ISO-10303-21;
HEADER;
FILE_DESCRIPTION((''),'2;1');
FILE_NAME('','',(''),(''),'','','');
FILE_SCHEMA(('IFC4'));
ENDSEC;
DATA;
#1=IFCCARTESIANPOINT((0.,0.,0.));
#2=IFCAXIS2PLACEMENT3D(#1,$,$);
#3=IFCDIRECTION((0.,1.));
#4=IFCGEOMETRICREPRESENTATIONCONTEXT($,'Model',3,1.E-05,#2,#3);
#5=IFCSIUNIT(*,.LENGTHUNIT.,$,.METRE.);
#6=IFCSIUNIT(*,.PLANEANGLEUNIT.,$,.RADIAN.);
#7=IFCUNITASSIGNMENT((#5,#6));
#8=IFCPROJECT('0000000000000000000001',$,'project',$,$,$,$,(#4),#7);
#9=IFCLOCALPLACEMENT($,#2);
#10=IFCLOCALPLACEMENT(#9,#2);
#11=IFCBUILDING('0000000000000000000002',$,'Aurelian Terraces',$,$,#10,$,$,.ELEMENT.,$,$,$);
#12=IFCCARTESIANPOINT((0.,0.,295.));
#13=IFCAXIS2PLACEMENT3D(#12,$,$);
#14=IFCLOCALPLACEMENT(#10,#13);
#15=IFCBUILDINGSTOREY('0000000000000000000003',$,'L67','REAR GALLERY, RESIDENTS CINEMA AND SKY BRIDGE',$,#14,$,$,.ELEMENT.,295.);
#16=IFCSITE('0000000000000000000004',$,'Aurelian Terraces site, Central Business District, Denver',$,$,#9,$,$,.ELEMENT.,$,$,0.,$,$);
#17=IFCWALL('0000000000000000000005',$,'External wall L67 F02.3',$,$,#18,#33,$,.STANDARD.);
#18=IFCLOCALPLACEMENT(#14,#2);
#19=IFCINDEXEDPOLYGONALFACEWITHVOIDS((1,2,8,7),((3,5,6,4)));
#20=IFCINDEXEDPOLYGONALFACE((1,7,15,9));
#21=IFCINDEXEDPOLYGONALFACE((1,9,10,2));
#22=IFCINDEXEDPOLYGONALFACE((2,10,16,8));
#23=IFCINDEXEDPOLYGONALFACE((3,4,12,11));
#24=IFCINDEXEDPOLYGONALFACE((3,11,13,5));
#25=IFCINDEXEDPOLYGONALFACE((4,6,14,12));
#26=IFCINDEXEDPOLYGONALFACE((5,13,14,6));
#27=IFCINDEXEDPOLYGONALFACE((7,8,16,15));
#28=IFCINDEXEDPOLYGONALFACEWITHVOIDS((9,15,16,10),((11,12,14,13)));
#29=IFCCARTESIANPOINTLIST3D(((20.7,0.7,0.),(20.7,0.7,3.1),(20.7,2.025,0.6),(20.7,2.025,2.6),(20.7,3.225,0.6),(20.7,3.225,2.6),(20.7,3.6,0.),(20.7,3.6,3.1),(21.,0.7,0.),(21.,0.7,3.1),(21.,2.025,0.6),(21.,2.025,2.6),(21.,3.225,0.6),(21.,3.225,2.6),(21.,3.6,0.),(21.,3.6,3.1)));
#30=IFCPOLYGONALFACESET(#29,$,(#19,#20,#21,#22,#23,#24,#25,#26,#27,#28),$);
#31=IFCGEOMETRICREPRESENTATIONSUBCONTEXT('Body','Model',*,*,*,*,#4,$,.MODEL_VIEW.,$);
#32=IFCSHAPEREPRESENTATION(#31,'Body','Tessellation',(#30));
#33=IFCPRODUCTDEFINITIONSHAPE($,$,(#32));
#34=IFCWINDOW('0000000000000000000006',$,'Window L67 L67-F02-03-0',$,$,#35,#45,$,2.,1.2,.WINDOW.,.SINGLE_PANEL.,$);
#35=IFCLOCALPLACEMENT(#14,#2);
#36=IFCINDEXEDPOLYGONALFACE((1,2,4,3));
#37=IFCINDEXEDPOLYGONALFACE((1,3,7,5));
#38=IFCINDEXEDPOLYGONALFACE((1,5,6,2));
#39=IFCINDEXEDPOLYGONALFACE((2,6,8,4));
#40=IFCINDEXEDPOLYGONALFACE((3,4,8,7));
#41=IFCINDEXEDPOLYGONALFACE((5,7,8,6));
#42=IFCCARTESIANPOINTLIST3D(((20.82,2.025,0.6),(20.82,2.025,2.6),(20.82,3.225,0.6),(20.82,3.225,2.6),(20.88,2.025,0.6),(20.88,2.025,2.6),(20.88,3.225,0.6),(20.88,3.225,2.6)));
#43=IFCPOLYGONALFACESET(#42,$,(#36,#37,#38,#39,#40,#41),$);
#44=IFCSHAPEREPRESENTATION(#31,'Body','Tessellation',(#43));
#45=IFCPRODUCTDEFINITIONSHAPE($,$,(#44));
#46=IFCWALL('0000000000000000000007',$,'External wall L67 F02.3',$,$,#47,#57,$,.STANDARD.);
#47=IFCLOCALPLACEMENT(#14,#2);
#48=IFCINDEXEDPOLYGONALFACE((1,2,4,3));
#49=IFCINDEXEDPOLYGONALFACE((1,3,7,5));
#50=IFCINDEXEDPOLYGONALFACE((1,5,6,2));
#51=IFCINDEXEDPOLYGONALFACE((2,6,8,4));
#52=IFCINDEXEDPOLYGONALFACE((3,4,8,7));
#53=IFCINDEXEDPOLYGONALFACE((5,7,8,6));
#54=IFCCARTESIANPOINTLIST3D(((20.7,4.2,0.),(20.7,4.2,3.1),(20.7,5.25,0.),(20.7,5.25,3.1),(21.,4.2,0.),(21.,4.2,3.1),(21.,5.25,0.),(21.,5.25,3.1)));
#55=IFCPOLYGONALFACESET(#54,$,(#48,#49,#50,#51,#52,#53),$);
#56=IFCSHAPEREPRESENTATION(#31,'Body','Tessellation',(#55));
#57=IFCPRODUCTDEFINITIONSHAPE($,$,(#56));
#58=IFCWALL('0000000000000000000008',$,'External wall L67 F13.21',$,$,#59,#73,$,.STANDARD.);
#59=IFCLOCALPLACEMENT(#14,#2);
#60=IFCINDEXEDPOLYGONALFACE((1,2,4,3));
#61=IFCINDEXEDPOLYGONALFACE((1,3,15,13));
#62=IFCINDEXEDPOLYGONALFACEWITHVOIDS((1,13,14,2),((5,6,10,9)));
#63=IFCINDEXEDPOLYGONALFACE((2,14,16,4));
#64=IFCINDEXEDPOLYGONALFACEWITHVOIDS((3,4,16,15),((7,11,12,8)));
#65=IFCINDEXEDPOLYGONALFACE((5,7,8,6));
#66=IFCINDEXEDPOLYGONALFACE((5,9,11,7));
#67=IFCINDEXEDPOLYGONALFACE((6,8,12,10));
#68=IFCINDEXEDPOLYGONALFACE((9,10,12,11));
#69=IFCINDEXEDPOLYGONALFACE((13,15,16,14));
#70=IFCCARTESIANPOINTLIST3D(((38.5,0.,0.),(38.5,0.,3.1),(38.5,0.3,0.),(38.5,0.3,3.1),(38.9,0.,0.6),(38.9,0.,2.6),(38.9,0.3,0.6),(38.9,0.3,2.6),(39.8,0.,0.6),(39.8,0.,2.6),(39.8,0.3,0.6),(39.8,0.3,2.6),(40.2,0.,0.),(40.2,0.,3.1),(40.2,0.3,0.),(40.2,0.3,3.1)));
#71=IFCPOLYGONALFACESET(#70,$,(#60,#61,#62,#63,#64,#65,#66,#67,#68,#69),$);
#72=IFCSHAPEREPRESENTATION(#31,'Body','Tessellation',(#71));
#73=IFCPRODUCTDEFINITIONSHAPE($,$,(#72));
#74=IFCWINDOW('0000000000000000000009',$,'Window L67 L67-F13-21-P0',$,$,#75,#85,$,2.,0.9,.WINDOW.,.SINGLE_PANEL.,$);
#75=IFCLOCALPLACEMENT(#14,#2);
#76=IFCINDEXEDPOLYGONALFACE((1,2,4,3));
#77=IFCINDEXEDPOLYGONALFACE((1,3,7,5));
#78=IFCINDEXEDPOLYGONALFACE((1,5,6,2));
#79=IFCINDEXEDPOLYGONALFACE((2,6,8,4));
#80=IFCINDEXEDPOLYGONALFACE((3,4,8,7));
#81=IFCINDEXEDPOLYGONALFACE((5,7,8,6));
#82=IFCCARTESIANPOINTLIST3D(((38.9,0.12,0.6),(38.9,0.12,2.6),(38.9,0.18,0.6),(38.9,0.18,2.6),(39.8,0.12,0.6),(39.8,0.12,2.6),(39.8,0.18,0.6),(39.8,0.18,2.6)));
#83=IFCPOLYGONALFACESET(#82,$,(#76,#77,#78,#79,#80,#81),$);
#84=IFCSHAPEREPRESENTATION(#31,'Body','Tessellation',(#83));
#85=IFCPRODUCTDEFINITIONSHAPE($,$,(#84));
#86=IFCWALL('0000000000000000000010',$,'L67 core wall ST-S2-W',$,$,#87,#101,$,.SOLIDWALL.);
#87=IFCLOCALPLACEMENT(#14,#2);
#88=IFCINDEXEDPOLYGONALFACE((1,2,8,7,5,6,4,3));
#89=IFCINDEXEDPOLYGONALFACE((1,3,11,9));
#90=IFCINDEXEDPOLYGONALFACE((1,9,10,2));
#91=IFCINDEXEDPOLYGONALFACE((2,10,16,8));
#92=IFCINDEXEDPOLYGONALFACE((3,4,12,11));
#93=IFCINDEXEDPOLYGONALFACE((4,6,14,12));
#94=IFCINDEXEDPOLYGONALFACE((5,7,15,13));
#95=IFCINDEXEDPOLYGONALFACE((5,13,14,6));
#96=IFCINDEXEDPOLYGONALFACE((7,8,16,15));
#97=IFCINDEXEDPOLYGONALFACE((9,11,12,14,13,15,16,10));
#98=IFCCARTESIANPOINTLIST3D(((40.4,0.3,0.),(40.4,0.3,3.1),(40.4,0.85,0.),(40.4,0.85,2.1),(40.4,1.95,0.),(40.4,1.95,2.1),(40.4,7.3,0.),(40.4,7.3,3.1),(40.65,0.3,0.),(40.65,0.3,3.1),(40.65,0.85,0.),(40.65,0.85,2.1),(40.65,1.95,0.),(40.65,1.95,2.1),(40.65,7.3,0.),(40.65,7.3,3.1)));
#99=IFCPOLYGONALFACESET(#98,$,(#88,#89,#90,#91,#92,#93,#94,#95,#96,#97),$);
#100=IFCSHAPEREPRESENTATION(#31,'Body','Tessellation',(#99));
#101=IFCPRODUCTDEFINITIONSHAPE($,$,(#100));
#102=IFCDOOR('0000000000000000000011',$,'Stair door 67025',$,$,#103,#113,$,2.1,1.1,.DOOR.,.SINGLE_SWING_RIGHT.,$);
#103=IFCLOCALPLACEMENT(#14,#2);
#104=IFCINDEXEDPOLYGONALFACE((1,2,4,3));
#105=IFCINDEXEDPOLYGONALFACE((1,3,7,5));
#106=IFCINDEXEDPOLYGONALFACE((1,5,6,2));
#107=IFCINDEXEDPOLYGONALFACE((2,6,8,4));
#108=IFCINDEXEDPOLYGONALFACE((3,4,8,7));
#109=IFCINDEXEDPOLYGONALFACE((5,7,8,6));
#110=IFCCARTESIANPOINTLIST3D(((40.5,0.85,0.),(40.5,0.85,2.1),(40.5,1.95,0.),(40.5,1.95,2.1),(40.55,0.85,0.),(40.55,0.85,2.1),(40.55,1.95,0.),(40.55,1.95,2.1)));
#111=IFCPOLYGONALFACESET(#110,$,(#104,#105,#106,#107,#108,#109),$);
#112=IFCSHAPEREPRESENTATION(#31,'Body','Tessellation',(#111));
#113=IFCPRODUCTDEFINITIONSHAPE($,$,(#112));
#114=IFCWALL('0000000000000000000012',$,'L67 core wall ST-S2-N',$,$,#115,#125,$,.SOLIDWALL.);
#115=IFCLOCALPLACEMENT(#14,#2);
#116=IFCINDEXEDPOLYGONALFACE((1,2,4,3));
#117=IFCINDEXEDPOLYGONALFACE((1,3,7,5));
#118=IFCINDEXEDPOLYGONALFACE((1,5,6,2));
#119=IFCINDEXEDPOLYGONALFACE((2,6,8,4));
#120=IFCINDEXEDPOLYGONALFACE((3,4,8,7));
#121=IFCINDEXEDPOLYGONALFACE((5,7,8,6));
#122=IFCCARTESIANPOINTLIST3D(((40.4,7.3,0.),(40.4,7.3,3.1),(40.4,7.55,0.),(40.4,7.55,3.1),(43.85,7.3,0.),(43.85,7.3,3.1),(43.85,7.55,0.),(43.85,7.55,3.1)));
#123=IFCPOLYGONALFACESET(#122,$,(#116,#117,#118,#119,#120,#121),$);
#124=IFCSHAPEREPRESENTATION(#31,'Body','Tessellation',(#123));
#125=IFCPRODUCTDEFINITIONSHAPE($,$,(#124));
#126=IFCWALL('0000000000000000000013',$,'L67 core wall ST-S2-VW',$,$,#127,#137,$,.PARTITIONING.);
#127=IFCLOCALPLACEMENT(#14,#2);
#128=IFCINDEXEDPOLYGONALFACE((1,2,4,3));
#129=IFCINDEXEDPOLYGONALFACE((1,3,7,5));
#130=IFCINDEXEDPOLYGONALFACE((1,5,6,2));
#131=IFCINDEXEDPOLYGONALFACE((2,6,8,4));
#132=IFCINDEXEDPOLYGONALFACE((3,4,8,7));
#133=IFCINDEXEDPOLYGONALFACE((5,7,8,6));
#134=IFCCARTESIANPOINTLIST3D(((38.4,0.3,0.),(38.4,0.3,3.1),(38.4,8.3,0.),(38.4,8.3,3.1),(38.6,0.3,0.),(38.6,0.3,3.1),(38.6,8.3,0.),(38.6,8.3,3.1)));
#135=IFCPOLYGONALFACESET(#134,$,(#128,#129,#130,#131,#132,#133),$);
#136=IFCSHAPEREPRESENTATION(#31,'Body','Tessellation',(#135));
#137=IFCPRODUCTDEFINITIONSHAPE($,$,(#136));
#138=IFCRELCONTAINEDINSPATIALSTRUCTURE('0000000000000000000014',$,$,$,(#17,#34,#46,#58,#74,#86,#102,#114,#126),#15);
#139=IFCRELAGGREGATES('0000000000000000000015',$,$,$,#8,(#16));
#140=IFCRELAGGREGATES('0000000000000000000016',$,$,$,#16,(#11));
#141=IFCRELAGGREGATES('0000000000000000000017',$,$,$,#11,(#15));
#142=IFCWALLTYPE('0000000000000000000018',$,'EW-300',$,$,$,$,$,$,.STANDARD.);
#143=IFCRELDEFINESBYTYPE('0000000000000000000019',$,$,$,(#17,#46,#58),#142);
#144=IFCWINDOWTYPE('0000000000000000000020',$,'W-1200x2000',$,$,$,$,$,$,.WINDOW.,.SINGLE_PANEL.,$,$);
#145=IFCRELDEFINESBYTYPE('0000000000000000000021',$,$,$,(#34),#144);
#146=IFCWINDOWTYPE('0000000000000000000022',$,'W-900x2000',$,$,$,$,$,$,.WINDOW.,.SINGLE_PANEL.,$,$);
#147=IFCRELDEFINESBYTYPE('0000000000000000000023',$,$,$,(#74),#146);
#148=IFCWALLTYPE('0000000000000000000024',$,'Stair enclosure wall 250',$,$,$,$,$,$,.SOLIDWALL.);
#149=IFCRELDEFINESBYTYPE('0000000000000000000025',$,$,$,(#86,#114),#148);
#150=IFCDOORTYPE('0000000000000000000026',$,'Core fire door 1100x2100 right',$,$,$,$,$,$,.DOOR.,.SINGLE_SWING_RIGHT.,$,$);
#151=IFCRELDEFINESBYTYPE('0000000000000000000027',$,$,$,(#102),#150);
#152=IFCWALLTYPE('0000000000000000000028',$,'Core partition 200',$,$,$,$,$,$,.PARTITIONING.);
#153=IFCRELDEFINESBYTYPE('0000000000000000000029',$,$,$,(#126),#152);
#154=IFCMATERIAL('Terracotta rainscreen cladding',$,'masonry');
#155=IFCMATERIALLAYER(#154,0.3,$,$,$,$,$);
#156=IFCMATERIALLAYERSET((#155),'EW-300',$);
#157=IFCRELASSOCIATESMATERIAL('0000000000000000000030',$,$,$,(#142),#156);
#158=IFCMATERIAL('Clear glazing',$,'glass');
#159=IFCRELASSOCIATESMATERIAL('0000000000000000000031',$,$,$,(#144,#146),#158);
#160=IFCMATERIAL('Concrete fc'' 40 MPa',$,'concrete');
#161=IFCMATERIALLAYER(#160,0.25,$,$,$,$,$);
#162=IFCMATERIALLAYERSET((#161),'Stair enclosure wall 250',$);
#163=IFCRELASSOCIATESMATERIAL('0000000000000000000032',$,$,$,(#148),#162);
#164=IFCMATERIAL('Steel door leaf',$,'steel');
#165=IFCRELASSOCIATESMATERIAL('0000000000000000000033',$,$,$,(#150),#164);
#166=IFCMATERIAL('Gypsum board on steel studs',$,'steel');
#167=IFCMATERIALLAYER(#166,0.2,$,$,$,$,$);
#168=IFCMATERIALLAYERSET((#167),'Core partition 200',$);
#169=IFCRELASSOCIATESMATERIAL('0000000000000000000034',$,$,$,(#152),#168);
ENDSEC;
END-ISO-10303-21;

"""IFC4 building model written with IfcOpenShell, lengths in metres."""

from ifc_helpers import new_model, si_unit, direction, frame, frame_2d, origin, place, context, subcontext, project, spatial, rectangle, extrude, source, transform, mapped, material, layer, layer_set, type_object, element, fill, save


model = new_model("IFC4")

# Units and contexts
model_context = context("Model", 3, precision=1e-05, world=origin(), true_north=direction((0.0, 1.0)))
body_context = subcontext(model_context, "Body", "Model", "MODEL_VIEW")
ifc_project = project(units=[si_unit("LENGTHUNIT", "METRE"), si_unit("PLANEANGLEUNIT", "RADIAN")], contexts=[model_context])

# Site, building, storey
site_placement = place(None, origin())
site = spatial("IfcSite", under=ifc_project, at=site_placement, Name="Aurelian Terraces site, Central Business District, Denver", CompositionType="ELEMENT", RefElevation=0.0)
building_placement = place(site_placement, origin())
building = spatial("IfcBuilding", under=site, at=building_placement, Name="Aurelian Terraces", CompositionType="ELEMENT")
storey_placement = place(building_placement, frame((0.0, 0.0, 295.0)))
storey = spatial("IfcBuildingStorey", under=building, at=storey_placement, Name="L67", Description="REAR GALLERY, RESIDENTS CINEMA AND SKY BRIDGE", CompositionType="ELEMENT", Elevation=295.0)

# Shared definitions
ifc_material_1 = material(Name="Terracotta rainscreen cladding", Category="masonry")
ifc_layer_1 = layer(ifc_material_1, 0.3)
ifc_layer_set_1 = layer_set([ifc_layer_1], Name="EW-300")
wall_type_1 = type_object("IfcWallType", Name="EW-300", PredefinedType="STANDARD", material=ifc_layer_set_1)
shared_shape_1 = source(origin(), body_context, "Body", "SweptSolid", [
    extrude(rectangle(XDim=1.2, YDim=2.0, at=frame_2d((0.6, 1.0))), frame((0.0, 0.16, 0.0), z_axis=(0.0, -1.0, 0.0), x_axis=(1.0, 0.0, 0.0)), (0.0, 0.0, 1.0), 0.32),
])
ifc_material_2 = material(Name="Clear glazing", Category="glass")
window_type_1 = type_object("IfcWindowType", Name="W-1200x2000", PartitioningType="SINGLE_PANEL", PredefinedType="WINDOW", material=ifc_material_2)
shared_shape_2 = source(origin(), body_context, "Body", "SweptSolid", [
    extrude(rectangle(XDim=1.2, YDim=2.0, at=frame_2d((0.6, 1.0))), frame((0.0, 0.03, 0.0), z_axis=(0.0, -1.0, 0.0), x_axis=(1.0, 0.0, 0.0)), (0.0, 0.0, 1.0), 0.06),
])

# Shared definitions
ifc_material_3 = material(Name="Steel door leaf", Category="steel")

# Shared definitions
ifc_material_4 = material(Name="Concrete fc' 40 MPa", Category="concrete")

# Wall, opening, window
shared_shape_3 = source(origin(), body_context, "Body", "SweptSolid", [
    extrude(rectangle(XDim=2.9, YDim=0.3, at=frame_2d((1.45, 0.0))), origin(), (0.0, 0.0, 1.0), 3.1),
])
wall_1_placement = place(storey_placement, frame((20.85, 0.7, 0.0), z_axis=(0.0, 0.0, 1.0), x_axis=(0.0, 1.0, 0.0)))
wall_1 = element("IfcWall", 1, at=wall_1_placement, inside=storey, type_object=wall_type_1, Name="External wall L67 F02.3", PredefinedType="STANDARD", context=body_context, shape_type="MappedRepresentation", body=[
    mapped(shared_shape_3, transform((0.0, 0.0, 0.0), scale=1.0)),
])
opening_1_placement = place(wall_1_placement, frame((1.325, 0.0, 0.6)))
opening_1 = element("IfcOpeningElement", 2, at=opening_1_placement, cuts=wall_1, PredefinedType="OPENING", context=body_context, shape_type="MappedRepresentation", body=[
    mapped(shared_shape_1, transform((0.0, 0.0, 0.0), scale=1.0)),
])
window_1_placement = place(opening_1_placement, origin())
window_1 = element("IfcWindow", 3, at=window_1_placement, inside=storey, type_object=window_type_1, Name="Window L67 L67-F02-03-0", OverallHeight=2.0, OverallWidth=1.2, PartitioningType="SINGLE_PANEL", PredefinedType="WINDOW", context=body_context, shape_type="MappedRepresentation", body=[
    mapped(shared_shape_2, transform((0.0, 0.0, 0.0), scale=1.0)),
])
fill(opening_1, window_1)

# Wall
shared_shape_4 = source(origin(), body_context, "Body", "SweptSolid", [
    extrude(rectangle(XDim=1.05, YDim=0.3, at=frame_2d((0.525, 0.0))), origin(), (0.0, 0.0, 1.0), 3.1),
])
wall_2_placement = place(storey_placement, frame((20.85, 4.2, 0.0), z_axis=(0.0, 0.0, 1.0), x_axis=(0.0, 1.0, 0.0)))
element("IfcWall", 4, at=wall_2_placement, inside=storey, type_object=wall_type_1, Name="External wall L67 F02.3", PredefinedType="STANDARD", context=body_context, shape_type="MappedRepresentation", body=[
    mapped(shared_shape_4, transform((0.0, 0.0, 0.0), scale=1.0)),
])

# Wall, opening, window
shared_shape_5 = source(origin(), body_context, "Body", "SweptSolid", [
    extrude(rectangle(XDim=1.7, YDim=0.3, at=frame_2d((0.85, 0.0))), origin(), (0.0, 0.0, 1.0), 3.1),
])
wall_3_placement = place(storey_placement, frame((38.5, 0.15, 0.0), z_axis=(0.0, 0.0, 1.0), x_axis=(1.0, 0.0, 0.0)))
wall_3 = element("IfcWall", 5, at=wall_3_placement, inside=storey, type_object=wall_type_1, Name="External wall L67 F13.21", PredefinedType="STANDARD", context=body_context, shape_type="MappedRepresentation", body=[
    mapped(shared_shape_5, transform((0.0, 0.0, 0.0), scale=1.0)),
])
shared_shape_6 = source(origin(), body_context, "Body", "SweptSolid", [
    extrude(rectangle(XDim=0.9, YDim=2.0, at=frame_2d((0.45, 1.0))), frame((0.0, 0.16, 0.0), z_axis=(0.0, -1.0, 0.0), x_axis=(1.0, 0.0, 0.0)), (0.0, 0.0, 1.0), 0.32),
])
opening_2_placement = place(wall_3_placement, frame((0.4, 0.0, 0.6)))
opening_2 = element("IfcOpeningElement", 6, at=opening_2_placement, cuts=wall_3, PredefinedType="OPENING", context=body_context, shape_type="MappedRepresentation", body=[
    mapped(shared_shape_6, transform((0.0, 0.0, 0.0), scale=1.0)),
])
window_type_2 = type_object("IfcWindowType", Name="W-900x2000", PartitioningType="SINGLE_PANEL", PredefinedType="WINDOW", material=ifc_material_2)
shared_shape_7 = source(origin(), body_context, "Body", "SweptSolid", [
    extrude(rectangle(XDim=0.9, YDim=2.0, at=frame_2d((0.45, 1.0))), frame((0.0, 0.03, 0.0), z_axis=(0.0, -1.0, 0.0), x_axis=(1.0, 0.0, 0.0)), (0.0, 0.0, 1.0), 0.06),
])
window_2_placement = place(opening_2_placement, origin())
window_2 = element("IfcWindow", 7, at=window_2_placement, inside=storey, type_object=window_type_2, Name="Window L67 L67-F13-21-P0", OverallHeight=2.0, OverallWidth=0.9, PartitioningType="SINGLE_PANEL", PredefinedType="WINDOW", context=body_context, shape_type="MappedRepresentation", body=[
    mapped(shared_shape_7, transform((0.0, 0.0, 0.0), scale=1.0)),
])
fill(opening_2, window_2)

# Wall, opening, door
ifc_layer_2 = layer(ifc_material_4, 0.25)
ifc_layer_set_2 = layer_set([ifc_layer_2], Name="Stair enclosure wall 250")
wall_type_2 = type_object("IfcWallType", Name="Stair enclosure wall 250", PredefinedType="SOLIDWALL", material=ifc_layer_set_2)
shared_shape_8 = source(origin(), body_context, "Body", "SweptSolid", [
    extrude(rectangle(XDim=7.0, YDim=0.25, at=frame_2d((3.5, 0.0))), origin(), (0.0, 0.0, 1.0), 3.1),
])
wall_4_placement = place(storey_placement, frame((40.525, 0.3, 0.0), z_axis=(0.0, 0.0, 1.0), x_axis=(0.0, 1.0, 0.0)))
wall_4 = element("IfcWall", 8, at=wall_4_placement, inside=storey, type_object=wall_type_2, Name="L67 core wall ST-S2-W", PredefinedType="SOLIDWALL", context=body_context, shape_type="MappedRepresentation", body=[
    mapped(shared_shape_8, transform((0.0, 0.0, 0.0), scale=1.0)),
])
shared_shape_9 = source(origin(), body_context, "Body", "SweptSolid", [
    extrude(rectangle(XDim=1.1, YDim=2.1, at=frame_2d((0.55, 1.05))), frame((0.0, 0.135, 0.0), z_axis=(0.0, -1.0, 0.0), x_axis=(1.0, 0.0, 0.0)), (0.0, 0.0, 1.0), 0.27),
])
opening_3_placement = place(wall_4_placement, frame((0.55, 0.0, 0.0)))
opening_3 = element("IfcOpeningElement", 9, at=opening_3_placement, cuts=wall_4, PredefinedType="OPENING", context=body_context, shape_type="MappedRepresentation", body=[
    mapped(shared_shape_9, transform((0.0, 0.0, 0.0), scale=1.0)),
])
door_type_1 = type_object("IfcDoorType", Name="Core fire door 1100x2100 right", OperationType="SINGLE_SWING_RIGHT", PredefinedType="DOOR", material=ifc_material_3)
shared_shape_10 = source(origin(), body_context, "Body", "SweptSolid", [
    extrude(rectangle(XDim=1.1, YDim=2.1, at=frame_2d((0.55, 1.05))), frame((0.0, 0.025, 0.0), z_axis=(0.0, -1.0, 0.0), x_axis=(1.0, 0.0, 0.0)), (0.0, 0.0, 1.0), 0.05),
])
door_1_placement = place(opening_3_placement, origin())
door_1 = element("IfcDoor", 10, at=door_1_placement, inside=storey, type_object=door_type_1, Name="Stair door 67025", OperationType="SINGLE_SWING_RIGHT", OverallHeight=2.1, OverallWidth=1.1, PredefinedType="DOOR", context=body_context, shape_type="MappedRepresentation", body=[
    mapped(shared_shape_10, transform((0.0, 0.0, 0.0), scale=1.0)),
])
fill(opening_3, door_1)

# Walls
shared_shape_11 = source(origin(), body_context, "Body", "SweptSolid", [
    extrude(rectangle(XDim=3.45, YDim=0.25, at=frame_2d((1.725, 0.0))), origin(), (0.0, 0.0, 1.0), 3.1),
])
wall_5_placement = place(storey_placement, frame((40.4, 7.425, 0.0), z_axis=(0.0, 0.0, 1.0), x_axis=(1.0, 0.0, 0.0)))
element("IfcWall", 11, at=wall_5_placement, inside=storey, type_object=wall_type_2, Name="L67 core wall ST-S2-N", PredefinedType="SOLIDWALL", context=body_context, shape_type="MappedRepresentation", body=[
    mapped(shared_shape_11, transform((0.0, 0.0, 0.0), scale=1.0)),
])
ifc_material_5 = material(Name="Gypsum board on steel studs", Category="steel")
ifc_layer_3 = layer(ifc_material_5, 0.2)
ifc_layer_set_3 = layer_set([ifc_layer_3], Name="Core partition 200")
wall_type_3 = type_object("IfcWallType", Name="Core partition 200", PredefinedType="PARTITIONING", material=ifc_layer_set_3)
shared_shape_12 = source(origin(), body_context, "Body", "SweptSolid", [
    extrude(rectangle(XDim=8.0, YDim=0.2, at=frame_2d((4.0, 0.0))), origin(), (0.0, 0.0, 1.0), 3.1),
])
wall_6_placement = place(storey_placement, frame((38.5, 0.3, 0.0), z_axis=(0.0, 0.0, 1.0), x_axis=(0.0, 1.0, 0.0)))
element("IfcWall", 12, at=wall_6_placement, inside=storey, type_object=wall_type_3, Name="L67 core wall ST-S2-VW", PredefinedType="PARTITIONING", context=body_context, shape_type="MappedRepresentation", body=[
    mapped(shared_shape_12, transform((0.0, 0.0, 0.0), scale=1.0)),
])

save(model, "model.ifc")
